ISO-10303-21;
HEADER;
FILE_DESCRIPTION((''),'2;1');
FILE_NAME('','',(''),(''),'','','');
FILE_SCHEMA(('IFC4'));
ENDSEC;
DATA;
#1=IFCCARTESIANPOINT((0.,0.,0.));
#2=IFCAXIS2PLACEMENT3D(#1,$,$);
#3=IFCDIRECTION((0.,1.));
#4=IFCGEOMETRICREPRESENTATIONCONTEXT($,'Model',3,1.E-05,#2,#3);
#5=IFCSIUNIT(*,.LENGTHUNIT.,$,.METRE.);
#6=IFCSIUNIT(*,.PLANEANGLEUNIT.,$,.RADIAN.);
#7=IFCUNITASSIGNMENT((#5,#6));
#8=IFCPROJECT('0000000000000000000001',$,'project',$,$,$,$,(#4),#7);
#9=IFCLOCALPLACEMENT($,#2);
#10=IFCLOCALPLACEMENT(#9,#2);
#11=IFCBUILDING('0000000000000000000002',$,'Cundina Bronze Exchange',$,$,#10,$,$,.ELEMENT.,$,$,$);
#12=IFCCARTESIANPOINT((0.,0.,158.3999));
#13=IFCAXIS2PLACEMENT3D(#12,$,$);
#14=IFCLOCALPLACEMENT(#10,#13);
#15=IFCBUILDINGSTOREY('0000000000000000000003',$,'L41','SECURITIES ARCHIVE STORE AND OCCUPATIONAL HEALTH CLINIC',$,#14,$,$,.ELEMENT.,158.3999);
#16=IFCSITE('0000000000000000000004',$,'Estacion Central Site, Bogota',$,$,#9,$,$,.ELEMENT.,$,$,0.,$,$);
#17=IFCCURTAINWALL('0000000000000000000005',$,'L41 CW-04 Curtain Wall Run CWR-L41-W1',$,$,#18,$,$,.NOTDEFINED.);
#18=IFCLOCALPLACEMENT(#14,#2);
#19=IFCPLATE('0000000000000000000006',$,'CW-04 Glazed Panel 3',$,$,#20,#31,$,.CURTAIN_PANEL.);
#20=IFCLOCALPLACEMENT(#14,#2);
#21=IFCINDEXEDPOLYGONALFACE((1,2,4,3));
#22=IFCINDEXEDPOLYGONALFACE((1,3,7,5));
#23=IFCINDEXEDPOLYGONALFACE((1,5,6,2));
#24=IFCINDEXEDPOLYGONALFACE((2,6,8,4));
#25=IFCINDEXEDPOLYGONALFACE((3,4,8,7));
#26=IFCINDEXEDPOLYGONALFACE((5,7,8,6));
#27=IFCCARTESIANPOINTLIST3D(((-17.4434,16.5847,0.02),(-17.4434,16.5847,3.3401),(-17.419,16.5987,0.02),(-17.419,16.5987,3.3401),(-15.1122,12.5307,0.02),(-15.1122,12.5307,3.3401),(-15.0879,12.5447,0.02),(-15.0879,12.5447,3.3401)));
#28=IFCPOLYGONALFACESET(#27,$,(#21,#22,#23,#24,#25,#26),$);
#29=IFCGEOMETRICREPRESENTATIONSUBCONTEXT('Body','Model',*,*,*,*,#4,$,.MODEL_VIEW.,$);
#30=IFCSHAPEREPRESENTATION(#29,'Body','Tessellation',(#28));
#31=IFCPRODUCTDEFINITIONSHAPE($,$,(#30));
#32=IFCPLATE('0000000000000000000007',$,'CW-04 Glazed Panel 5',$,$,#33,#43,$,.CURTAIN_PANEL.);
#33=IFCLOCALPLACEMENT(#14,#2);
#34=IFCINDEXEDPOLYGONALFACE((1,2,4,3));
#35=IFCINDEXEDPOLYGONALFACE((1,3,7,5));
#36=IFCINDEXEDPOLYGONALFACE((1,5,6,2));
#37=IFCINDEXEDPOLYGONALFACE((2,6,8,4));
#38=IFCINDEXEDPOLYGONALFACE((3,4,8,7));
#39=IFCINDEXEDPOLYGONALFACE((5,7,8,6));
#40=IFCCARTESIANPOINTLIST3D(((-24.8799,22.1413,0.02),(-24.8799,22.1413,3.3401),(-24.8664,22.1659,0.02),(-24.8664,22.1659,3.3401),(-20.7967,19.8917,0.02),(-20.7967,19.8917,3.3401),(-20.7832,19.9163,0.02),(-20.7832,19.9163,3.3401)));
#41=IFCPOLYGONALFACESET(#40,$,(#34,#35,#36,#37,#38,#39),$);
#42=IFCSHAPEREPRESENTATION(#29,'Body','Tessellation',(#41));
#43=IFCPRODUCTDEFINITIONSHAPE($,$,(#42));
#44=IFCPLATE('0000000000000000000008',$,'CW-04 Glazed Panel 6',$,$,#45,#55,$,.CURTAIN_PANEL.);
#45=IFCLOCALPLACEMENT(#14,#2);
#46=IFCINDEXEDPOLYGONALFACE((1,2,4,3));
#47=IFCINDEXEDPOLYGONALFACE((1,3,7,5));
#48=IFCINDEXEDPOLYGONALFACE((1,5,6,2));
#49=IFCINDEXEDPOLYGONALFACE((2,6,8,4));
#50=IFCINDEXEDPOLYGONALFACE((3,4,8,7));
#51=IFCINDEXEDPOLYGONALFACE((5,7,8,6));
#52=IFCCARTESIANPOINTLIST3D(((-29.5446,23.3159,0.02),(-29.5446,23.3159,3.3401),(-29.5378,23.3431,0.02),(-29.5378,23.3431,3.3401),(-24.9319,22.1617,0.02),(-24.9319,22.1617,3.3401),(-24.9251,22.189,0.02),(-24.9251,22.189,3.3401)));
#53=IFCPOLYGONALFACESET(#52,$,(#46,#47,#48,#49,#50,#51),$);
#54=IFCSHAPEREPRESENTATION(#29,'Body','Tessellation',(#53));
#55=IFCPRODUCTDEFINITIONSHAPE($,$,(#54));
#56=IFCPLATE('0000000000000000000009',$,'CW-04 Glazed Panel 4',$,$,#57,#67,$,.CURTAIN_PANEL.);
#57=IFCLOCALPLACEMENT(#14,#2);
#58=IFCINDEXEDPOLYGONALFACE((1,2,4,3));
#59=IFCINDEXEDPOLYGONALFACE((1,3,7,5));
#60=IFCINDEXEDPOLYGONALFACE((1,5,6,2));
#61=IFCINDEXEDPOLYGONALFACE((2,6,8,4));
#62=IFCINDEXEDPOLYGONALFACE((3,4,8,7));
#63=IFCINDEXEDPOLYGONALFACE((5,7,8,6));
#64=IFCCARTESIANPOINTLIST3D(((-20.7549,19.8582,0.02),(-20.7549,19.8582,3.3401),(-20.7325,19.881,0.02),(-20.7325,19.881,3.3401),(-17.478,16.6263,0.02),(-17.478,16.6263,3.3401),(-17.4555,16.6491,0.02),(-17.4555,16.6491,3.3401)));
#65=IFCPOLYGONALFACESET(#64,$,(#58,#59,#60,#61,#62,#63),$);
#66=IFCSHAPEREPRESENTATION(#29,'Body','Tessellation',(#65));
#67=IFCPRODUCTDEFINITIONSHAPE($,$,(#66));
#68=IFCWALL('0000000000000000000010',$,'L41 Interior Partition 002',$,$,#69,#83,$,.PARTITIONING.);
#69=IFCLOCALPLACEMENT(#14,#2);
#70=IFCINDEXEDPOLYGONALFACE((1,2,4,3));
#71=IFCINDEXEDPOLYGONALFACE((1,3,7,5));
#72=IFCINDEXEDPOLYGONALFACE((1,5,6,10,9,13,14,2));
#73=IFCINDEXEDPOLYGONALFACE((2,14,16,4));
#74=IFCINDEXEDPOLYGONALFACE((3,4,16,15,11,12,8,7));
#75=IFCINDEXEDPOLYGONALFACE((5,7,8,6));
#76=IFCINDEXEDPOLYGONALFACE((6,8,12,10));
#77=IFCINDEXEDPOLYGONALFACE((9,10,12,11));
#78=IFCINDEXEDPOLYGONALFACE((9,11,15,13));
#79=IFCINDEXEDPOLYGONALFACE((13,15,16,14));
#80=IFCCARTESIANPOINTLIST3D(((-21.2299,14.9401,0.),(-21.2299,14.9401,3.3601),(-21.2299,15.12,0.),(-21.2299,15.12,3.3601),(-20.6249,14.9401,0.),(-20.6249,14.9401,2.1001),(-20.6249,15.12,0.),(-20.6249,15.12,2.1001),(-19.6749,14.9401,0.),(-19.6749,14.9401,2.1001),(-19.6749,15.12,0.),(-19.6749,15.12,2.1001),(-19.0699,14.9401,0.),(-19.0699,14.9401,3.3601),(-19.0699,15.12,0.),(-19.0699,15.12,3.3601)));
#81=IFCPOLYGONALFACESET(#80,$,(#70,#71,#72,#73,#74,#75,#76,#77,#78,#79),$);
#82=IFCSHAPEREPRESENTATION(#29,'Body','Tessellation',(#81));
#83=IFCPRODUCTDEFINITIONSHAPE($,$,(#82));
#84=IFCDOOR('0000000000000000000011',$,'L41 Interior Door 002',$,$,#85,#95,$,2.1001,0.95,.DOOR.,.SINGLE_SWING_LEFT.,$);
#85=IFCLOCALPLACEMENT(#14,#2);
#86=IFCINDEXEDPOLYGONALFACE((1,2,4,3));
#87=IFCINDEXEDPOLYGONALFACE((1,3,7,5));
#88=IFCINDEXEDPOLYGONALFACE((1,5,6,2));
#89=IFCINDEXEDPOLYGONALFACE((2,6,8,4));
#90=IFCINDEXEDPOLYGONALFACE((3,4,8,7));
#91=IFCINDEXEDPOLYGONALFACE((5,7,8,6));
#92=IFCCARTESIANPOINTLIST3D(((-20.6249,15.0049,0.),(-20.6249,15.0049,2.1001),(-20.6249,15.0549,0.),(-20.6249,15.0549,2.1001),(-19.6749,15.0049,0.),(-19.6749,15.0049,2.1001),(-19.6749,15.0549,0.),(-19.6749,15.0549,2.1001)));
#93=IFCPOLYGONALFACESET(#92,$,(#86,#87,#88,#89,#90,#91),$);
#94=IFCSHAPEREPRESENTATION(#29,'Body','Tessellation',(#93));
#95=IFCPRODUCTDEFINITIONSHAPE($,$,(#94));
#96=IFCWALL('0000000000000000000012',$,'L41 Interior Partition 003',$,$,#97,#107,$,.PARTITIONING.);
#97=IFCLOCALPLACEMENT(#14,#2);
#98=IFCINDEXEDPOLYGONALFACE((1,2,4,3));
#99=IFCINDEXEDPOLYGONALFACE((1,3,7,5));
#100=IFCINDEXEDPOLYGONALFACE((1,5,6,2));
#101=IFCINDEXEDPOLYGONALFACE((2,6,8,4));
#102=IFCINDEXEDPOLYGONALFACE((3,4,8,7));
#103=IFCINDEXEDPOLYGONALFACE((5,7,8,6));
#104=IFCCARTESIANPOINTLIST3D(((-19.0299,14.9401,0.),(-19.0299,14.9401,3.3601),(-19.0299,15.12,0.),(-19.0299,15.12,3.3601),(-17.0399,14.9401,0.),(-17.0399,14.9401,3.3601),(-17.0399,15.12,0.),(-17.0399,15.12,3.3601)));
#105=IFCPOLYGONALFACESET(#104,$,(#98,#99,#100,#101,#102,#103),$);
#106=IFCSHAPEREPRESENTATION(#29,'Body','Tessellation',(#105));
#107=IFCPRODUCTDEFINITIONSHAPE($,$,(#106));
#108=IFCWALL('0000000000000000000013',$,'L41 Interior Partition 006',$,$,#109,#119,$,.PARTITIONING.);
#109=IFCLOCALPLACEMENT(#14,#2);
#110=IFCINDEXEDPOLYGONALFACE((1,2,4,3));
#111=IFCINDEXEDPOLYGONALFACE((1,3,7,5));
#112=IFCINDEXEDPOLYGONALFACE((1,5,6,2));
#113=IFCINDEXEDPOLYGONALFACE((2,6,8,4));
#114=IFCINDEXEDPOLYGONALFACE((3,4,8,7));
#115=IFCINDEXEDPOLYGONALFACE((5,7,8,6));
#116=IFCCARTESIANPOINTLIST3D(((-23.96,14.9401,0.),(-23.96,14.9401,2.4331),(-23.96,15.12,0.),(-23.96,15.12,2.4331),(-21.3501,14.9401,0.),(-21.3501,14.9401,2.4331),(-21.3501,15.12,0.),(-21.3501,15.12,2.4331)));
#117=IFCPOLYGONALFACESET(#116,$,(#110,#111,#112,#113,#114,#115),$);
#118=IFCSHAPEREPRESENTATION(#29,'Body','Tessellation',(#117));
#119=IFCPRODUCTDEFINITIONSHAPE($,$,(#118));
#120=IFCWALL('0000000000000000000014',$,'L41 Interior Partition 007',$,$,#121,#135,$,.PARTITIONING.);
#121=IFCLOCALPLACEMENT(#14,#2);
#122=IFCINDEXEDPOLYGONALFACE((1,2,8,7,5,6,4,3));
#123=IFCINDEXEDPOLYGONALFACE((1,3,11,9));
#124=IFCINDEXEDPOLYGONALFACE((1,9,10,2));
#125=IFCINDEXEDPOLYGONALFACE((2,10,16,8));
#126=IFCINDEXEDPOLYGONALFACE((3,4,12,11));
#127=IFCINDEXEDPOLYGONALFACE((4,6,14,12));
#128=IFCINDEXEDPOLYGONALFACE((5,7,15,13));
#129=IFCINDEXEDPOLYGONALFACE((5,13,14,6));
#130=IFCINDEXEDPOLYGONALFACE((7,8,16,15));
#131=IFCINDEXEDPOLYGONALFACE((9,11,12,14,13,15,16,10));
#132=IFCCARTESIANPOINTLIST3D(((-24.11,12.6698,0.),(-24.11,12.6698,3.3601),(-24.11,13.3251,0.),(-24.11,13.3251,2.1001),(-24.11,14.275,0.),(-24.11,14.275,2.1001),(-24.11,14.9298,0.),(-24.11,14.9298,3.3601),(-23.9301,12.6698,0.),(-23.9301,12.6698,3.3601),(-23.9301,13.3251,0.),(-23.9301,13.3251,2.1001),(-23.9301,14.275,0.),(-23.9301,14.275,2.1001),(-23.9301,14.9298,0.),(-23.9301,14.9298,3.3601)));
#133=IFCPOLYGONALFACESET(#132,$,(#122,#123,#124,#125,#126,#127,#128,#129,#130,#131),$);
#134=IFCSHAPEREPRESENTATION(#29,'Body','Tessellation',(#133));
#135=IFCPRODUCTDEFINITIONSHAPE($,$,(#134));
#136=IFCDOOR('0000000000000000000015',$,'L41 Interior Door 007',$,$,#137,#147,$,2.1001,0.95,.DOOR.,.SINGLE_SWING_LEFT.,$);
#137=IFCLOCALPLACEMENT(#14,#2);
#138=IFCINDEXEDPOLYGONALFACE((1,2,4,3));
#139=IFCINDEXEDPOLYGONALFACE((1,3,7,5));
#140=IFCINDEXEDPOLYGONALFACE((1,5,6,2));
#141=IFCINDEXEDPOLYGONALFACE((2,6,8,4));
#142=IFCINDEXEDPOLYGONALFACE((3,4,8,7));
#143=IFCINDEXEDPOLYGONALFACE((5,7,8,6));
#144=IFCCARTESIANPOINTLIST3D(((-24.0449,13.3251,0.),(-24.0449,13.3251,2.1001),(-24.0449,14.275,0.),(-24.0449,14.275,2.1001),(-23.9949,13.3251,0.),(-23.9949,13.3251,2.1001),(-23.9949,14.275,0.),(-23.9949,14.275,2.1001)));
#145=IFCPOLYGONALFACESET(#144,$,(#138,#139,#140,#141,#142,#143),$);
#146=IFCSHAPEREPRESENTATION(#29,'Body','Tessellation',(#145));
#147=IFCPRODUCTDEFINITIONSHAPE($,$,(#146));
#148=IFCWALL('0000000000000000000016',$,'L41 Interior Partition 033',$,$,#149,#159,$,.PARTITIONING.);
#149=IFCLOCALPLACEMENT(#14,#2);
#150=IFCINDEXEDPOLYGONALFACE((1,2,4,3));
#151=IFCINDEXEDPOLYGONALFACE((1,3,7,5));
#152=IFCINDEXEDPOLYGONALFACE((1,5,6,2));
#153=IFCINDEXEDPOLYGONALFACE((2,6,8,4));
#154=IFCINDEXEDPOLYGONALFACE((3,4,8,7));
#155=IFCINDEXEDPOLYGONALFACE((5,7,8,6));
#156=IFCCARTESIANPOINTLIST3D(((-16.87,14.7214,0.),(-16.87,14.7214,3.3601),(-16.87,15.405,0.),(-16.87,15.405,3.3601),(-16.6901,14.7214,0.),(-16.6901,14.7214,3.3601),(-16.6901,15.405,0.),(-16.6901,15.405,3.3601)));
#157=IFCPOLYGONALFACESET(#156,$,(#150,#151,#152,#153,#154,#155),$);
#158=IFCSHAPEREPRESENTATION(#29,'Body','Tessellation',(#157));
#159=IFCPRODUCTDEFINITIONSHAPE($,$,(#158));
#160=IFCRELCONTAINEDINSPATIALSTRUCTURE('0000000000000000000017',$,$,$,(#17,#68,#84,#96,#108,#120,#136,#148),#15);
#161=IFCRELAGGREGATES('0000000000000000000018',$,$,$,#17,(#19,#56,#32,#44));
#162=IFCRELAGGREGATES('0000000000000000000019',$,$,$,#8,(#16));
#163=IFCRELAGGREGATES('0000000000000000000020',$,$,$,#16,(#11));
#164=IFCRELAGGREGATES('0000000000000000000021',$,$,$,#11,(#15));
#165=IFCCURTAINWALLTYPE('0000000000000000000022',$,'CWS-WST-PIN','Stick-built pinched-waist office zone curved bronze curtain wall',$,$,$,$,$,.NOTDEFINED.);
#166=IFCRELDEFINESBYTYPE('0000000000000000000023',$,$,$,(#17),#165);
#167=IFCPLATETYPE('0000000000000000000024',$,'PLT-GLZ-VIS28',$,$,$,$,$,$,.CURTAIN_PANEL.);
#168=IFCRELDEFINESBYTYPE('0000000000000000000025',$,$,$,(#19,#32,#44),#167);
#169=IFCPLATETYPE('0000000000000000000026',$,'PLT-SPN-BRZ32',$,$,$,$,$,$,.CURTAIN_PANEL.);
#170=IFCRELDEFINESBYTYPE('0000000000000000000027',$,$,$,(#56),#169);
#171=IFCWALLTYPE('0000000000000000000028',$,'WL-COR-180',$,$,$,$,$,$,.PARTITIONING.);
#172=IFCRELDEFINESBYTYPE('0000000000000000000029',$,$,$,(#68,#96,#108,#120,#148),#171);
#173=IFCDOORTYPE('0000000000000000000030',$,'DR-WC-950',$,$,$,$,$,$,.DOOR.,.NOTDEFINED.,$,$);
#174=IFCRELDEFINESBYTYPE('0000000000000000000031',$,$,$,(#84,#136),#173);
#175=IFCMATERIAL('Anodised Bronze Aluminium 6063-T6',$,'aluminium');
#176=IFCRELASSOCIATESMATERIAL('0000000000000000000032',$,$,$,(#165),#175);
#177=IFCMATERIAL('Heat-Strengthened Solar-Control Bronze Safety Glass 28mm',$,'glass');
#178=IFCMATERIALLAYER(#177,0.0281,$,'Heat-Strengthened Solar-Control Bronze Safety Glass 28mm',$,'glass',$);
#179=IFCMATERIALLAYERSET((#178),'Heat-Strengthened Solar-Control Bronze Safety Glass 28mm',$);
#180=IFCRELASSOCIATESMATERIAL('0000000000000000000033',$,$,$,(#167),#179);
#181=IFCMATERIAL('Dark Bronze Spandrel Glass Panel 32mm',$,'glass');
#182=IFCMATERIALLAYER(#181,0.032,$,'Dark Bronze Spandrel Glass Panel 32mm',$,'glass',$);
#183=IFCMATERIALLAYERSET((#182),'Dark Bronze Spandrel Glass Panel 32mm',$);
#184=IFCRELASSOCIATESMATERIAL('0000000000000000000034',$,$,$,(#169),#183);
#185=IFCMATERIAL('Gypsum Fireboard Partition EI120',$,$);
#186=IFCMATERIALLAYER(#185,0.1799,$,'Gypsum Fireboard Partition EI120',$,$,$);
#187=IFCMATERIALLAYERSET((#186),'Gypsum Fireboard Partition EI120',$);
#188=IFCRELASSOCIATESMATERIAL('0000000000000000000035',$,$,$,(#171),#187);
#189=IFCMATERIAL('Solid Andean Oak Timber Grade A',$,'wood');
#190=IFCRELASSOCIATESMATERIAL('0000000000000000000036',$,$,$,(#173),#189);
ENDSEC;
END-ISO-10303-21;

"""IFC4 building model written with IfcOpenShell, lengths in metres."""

from ifc_helpers import new_model, si_unit, direction, frame, frame_2d, origin, origin_2d, place, context, subcontext, project, spatial, rectangle, extrude, material, layer, layer_set, type_object, element, fill, aggregate, save


model = new_model("IFC4")

# Units and contexts
model_context = context("Model", 3, precision=1e-05, world=origin(), true_north=direction((0.0, 1.0)))
body_context = subcontext(model_context, "Body", "Model", "MODEL_VIEW")
ifc_project = project(units=[si_unit("LENGTHUNIT", "METRE"), si_unit("PLANEANGLEUNIT", "RADIAN")], contexts=[model_context])

# Site, building, storey
site_placement = place(None, origin())
site = spatial("IfcSite", under=ifc_project, at=site_placement, Name="Estacion Central Site, Bogota", CompositionType="ELEMENT", RefElevation=0.0)
building_placement = place(site_placement, origin())
building = spatial("IfcBuilding", under=site, at=building_placement, Name="Cundina Bronze Exchange", CompositionType="ELEMENT")
storey_placement = place(building_placement, frame((0.0, 0.0, 158.3999)))
storey = spatial("IfcBuildingStorey", under=building, at=storey_placement, Name="L41", Description="SECURITIES ARCHIVE STORE AND OCCUPATIONAL HEALTH CLINIC", CompositionType="ELEMENT", Elevation=158.3999)

# Curtain wall, plates
ifc_material_1 = material(Name="Anodised Bronze Aluminium 6063-T6", Category="aluminium")
curtain_wall_type = type_object("IfcCurtainWallType", Name="CWS-WST-PIN", Description="Stick-built pinched-waist office zone curved bronze curtain wall", PredefinedType="NOTDEFINED", material=ifc_material_1)
curtain_wall_placement = place(storey_placement, origin())
curtain_wall = element("IfcCurtainWall", 1, at=curtain_wall_placement, inside=storey, type_object=curtain_wall_type, Name="L41 CW-04 Curtain Wall Run CWR-L41-W1", PredefinedType="NOTDEFINED")
ifc_material_2 = material(Name="Heat-Strengthened Solar-Control Bronze Safety Glass 28mm", Category="glass")
ifc_layer_1 = layer(ifc_material_2, 0.0281, Name="Heat-Strengthened Solar-Control Bronze Safety Glass 28mm", Category="glass")
ifc_layer_set_1 = layer_set([ifc_layer_1], Name="Heat-Strengthened Solar-Control Bronze Safety Glass 28mm")
plate_type_1 = type_object("IfcPlateType", Name="PLT-GLZ-VIS28", PredefinedType="CURTAIN_PANEL", material=ifc_layer_set_1)
plate_1_placement = place(storey_placement, frame((-16.2656, 14.5647, 0.02), z_axis=(0.0, 0.0, 1.0), x_axis=(-0.498488, 0.866897, 0.0)))
plate_1 = element("IfcPlate", 2, at=plate_1_placement, type_object=plate_type_1, Name="CW-04 Glazed Panel 3", PredefinedType="CURTAIN_PANEL", context=body_context, shape_type="SweptSolid", body=[
    extrude(rectangle(XDim=4.6765, YDim=0.0281, at=origin_2d()), origin(), (0.0, 0.0, 1.0), 3.3201),
])
plate_2_placement = place(storey_placement, frame((-22.8315, 21.0288, 0.02), z_axis=(0.0, 0.0, 1.0), x_axis=(-0.875869, 0.482549, 0.0)))
plate_2 = element("IfcPlate", 3, at=plate_2_placement, type_object=plate_type_1, Name="CW-04 Glazed Panel 5", PredefinedType="CURTAIN_PANEL", context=body_context, shape_type="SweptSolid", body=[
    extrude(rectangle(XDim=4.6619, YDim=0.0281, at=origin_2d()), origin(), (0.0, 0.0, 1.0), 3.3201),
])
plate_3_placement = place(storey_placement, frame((-27.2349, 22.7524, 0.02), z_axis=(0.0, 0.0, 1.0), x_axis=(-0.970093, 0.242735, 0.0)))
plate_3 = element("IfcPlate", 4, at=plate_3_placement, type_object=plate_type_1, Name="CW-04 Glazed Panel 6", PredefinedType="CURTAIN_PANEL", context=body_context, shape_type="SweptSolid", body=[
    extrude(rectangle(XDim=4.7549, YDim=0.0281, at=origin_2d()), origin(), (0.0, 0.0, 1.0), 3.3201),
])
ifc_material_3 = material(Name="Dark Bronze Spandrel Glass Panel 32mm", Category="glass")
ifc_layer_2 = layer(ifc_material_3, 0.032, Name="Dark Bronze Spandrel Glass Panel 32mm", Category="glass")
ifc_layer_set_2 = layer_set([ifc_layer_2], Name="Dark Bronze Spandrel Glass Panel 32mm")
plate_type_2 = type_object("IfcPlateType", Name="PLT-SPN-BRZ32", PredefinedType="CURTAIN_PANEL", material=ifc_layer_set_2)
plate_4_placement = place(storey_placement, frame((-19.1052, 18.2537, 0.02), z_axis=(0.0, 0.0, 1.0), x_axis=(-0.711989, 0.70219, 0.0)))
plate_4 = element("IfcPlate", 5, at=plate_4_placement, type_object=plate_type_2, Name="CW-04 Glazed Panel 4", PredefinedType="CURTAIN_PANEL", context=body_context, shape_type="SweptSolid", body=[
    extrude(rectangle(XDim=4.6025, YDim=0.032, at=origin_2d()), origin(), (0.0, 0.0, 1.0), 3.3201),
])
aggregate(curtain_wall, [plate_1, plate_4, plate_2, plate_3])

# Wall, opening, door
ifc_material_4 = material(Name="Gypsum Fireboard Partition EI120")
ifc_layer_3 = layer(ifc_material_4, 0.1799, Name="Gypsum Fireboard Partition EI120")
ifc_layer_set_3 = layer_set([ifc_layer_3], Name="Gypsum Fireboard Partition EI120")
wall_type_1 = type_object("IfcWallType", Name="WL-COR-180", PredefinedType="PARTITIONING", material=ifc_layer_set_3)
wall_1_placement = place(storey_placement, frame((-21.23, 15.03, 0.0), z_axis=(0.0, 0.0, 1.0), x_axis=(1.0, 0.0, 0.0)))
wall_1 = element("IfcWall", 6, at=wall_1_placement, inside=storey, type_object=wall_type_1, Name="L41 Interior Partition 002", PredefinedType="PARTITIONING", context=body_context, shape_type="SweptSolid", body=[
    extrude(rectangle(XDim=2.1599, YDim=0.1799, at=frame_2d((1.0801, 0.0))), origin(), (0.0, 0.0, 1.0), 3.3601),
])
opening_1_placement = place(wall_1_placement, frame((0.605, 0.0, 0.0)))
opening_1 = element("IfcOpeningElement", 7, at=opening_1_placement, cuts=wall_1, PredefinedType="OPENING", context=body_context, shape_type="SweptSolid", body=[
    extrude(rectangle(XDim=0.95, YDim=2.1001, at=frame_2d((0.4751, 1.05))), frame((0.0, 0.0999, 0.0), z_axis=(0.0, -1.0, 0.0), x_axis=(1.0, 0.0, 0.0)), (0.0, 0.0, 1.0), 0.2),
])
ifc_material_5 = material(Name="Solid Andean Oak Timber Grade A", Category="wood")
door_type_1 = type_object("IfcDoorType", Name="DR-WC-950", OperationType="NOTDEFINED", PredefinedType="DOOR", material=ifc_material_5)
door_1_placement = place(opening_1_placement, origin())
door_1 = element("IfcDoor", 8, at=door_1_placement, inside=storey, type_object=door_type_1, Name="L41 Interior Door 002", OperationType="SINGLE_SWING_LEFT", OverallHeight=2.1001, OverallWidth=0.95, PredefinedType="DOOR", context=body_context, shape_type="SweptSolid", body=[
    extrude(rectangle(XDim=0.95, YDim=2.1001, at=frame_2d((0.4751, 1.05))), frame((0.0, 0.0249, 0.0), z_axis=(0.0, -1.0, 0.0), x_axis=(1.0, 0.0, 0.0)), (0.0, 0.0, 1.0), 0.05),
])
fill(opening_1, door_1)

# Walls
wall_2_placement = place(storey_placement, frame((-19.03, 15.03, 0.0), z_axis=(0.0, 0.0, 1.0), x_axis=(1.0, 0.0, 0.0)))
element("IfcWall", 9, at=wall_2_placement, inside=storey, type_object=wall_type_1, Name="L41 Interior Partition 003", PredefinedType="PARTITIONING", context=body_context, shape_type="SweptSolid", body=[
    extrude(rectangle(XDim=1.99, YDim=0.1799, at=frame_2d((0.9951, 0.0))), origin(), (0.0, 0.0, 1.0), 3.3601),
])
wall_3_placement = place(storey_placement, frame((-23.96, 15.03, 0.0), z_axis=(0.0, 0.0, 1.0), x_axis=(1.0, 0.0, 0.0)))
element("IfcWall", 10, at=wall_3_placement, inside=storey, type_object=wall_type_1, Name="L41 Interior Partition 006", PredefinedType="PARTITIONING", context=body_context, shape_type="SweptSolid", body=[
    extrude(rectangle(XDim=2.6099, YDim=0.1799, at=frame_2d((1.3049, 0.0))), origin(), (0.0, 0.0, 1.0), 2.4331),
])

# Wall, opening, door
wall_4_placement = place(storey_placement, frame((-24.02, 12.6699, 0.0), z_axis=(0.0, 0.0, 1.0), x_axis=(0.0, 1.0, 0.0)))
wall_4 = element("IfcWall", 11, at=wall_4_placement, inside=storey, type_object=wall_type_1, Name="L41 Interior Partition 007", PredefinedType="PARTITIONING", context=body_context, shape_type="SweptSolid", body=[
    extrude(rectangle(XDim=2.26, YDim=0.1799, at=frame_2d((1.1299, 0.0))), origin(), (0.0, 0.0, 1.0), 3.3601),
])
opening_2_placement = place(wall_4_placement, frame((0.655, 0.0, 0.0)))
opening_2 = element("IfcOpeningElement", 12, at=opening_2_placement, cuts=wall_4, PredefinedType="OPENING", context=body_context, shape_type="SweptSolid", body=[
    extrude(rectangle(XDim=0.95, YDim=2.1001, at=frame_2d((0.4751, 1.05))), frame((0.0, 0.0999, 0.0), z_axis=(0.0, -1.0, 0.0), x_axis=(1.0, 0.0, 0.0)), (0.0, 0.0, 1.0), 0.2),
])
door_2_placement = place(opening_2_placement, origin())
door_2 = element("IfcDoor", 13, at=door_2_placement, inside=storey, type_object=door_type_1, Name="L41 Interior Door 007", OperationType="SINGLE_SWING_LEFT", OverallHeight=2.1001, OverallWidth=0.95, PredefinedType="DOOR", context=body_context, shape_type="SweptSolid", body=[
    extrude(rectangle(XDim=0.95, YDim=2.1001, at=frame_2d((0.4751, 1.05))), frame((0.0, 0.0249, 0.0), z_axis=(0.0, -1.0, 0.0), x_axis=(1.0, 0.0, 0.0)), (0.0, 0.0, 1.0), 0.05),
])
fill(opening_2, door_2)

# Wall
wall_5_placement = place(storey_placement, frame((-16.78, 14.7214, 0.0), z_axis=(0.0, 0.0, 1.0), x_axis=(0.0, 1.0, 0.0)))
element("IfcWall", 14, at=wall_5_placement, inside=storey, type_object=wall_type_1, Name="L41 Interior Partition 033", PredefinedType="PARTITIONING", context=body_context, shape_type="SweptSolid", body=[
    extrude(rectangle(XDim=0.6836, YDim=0.1799, at=frame_2d((0.3418, 0.0))), origin(), (0.0, 0.0, 1.0), 3.3601),
])

save(model, "model.ifc")
